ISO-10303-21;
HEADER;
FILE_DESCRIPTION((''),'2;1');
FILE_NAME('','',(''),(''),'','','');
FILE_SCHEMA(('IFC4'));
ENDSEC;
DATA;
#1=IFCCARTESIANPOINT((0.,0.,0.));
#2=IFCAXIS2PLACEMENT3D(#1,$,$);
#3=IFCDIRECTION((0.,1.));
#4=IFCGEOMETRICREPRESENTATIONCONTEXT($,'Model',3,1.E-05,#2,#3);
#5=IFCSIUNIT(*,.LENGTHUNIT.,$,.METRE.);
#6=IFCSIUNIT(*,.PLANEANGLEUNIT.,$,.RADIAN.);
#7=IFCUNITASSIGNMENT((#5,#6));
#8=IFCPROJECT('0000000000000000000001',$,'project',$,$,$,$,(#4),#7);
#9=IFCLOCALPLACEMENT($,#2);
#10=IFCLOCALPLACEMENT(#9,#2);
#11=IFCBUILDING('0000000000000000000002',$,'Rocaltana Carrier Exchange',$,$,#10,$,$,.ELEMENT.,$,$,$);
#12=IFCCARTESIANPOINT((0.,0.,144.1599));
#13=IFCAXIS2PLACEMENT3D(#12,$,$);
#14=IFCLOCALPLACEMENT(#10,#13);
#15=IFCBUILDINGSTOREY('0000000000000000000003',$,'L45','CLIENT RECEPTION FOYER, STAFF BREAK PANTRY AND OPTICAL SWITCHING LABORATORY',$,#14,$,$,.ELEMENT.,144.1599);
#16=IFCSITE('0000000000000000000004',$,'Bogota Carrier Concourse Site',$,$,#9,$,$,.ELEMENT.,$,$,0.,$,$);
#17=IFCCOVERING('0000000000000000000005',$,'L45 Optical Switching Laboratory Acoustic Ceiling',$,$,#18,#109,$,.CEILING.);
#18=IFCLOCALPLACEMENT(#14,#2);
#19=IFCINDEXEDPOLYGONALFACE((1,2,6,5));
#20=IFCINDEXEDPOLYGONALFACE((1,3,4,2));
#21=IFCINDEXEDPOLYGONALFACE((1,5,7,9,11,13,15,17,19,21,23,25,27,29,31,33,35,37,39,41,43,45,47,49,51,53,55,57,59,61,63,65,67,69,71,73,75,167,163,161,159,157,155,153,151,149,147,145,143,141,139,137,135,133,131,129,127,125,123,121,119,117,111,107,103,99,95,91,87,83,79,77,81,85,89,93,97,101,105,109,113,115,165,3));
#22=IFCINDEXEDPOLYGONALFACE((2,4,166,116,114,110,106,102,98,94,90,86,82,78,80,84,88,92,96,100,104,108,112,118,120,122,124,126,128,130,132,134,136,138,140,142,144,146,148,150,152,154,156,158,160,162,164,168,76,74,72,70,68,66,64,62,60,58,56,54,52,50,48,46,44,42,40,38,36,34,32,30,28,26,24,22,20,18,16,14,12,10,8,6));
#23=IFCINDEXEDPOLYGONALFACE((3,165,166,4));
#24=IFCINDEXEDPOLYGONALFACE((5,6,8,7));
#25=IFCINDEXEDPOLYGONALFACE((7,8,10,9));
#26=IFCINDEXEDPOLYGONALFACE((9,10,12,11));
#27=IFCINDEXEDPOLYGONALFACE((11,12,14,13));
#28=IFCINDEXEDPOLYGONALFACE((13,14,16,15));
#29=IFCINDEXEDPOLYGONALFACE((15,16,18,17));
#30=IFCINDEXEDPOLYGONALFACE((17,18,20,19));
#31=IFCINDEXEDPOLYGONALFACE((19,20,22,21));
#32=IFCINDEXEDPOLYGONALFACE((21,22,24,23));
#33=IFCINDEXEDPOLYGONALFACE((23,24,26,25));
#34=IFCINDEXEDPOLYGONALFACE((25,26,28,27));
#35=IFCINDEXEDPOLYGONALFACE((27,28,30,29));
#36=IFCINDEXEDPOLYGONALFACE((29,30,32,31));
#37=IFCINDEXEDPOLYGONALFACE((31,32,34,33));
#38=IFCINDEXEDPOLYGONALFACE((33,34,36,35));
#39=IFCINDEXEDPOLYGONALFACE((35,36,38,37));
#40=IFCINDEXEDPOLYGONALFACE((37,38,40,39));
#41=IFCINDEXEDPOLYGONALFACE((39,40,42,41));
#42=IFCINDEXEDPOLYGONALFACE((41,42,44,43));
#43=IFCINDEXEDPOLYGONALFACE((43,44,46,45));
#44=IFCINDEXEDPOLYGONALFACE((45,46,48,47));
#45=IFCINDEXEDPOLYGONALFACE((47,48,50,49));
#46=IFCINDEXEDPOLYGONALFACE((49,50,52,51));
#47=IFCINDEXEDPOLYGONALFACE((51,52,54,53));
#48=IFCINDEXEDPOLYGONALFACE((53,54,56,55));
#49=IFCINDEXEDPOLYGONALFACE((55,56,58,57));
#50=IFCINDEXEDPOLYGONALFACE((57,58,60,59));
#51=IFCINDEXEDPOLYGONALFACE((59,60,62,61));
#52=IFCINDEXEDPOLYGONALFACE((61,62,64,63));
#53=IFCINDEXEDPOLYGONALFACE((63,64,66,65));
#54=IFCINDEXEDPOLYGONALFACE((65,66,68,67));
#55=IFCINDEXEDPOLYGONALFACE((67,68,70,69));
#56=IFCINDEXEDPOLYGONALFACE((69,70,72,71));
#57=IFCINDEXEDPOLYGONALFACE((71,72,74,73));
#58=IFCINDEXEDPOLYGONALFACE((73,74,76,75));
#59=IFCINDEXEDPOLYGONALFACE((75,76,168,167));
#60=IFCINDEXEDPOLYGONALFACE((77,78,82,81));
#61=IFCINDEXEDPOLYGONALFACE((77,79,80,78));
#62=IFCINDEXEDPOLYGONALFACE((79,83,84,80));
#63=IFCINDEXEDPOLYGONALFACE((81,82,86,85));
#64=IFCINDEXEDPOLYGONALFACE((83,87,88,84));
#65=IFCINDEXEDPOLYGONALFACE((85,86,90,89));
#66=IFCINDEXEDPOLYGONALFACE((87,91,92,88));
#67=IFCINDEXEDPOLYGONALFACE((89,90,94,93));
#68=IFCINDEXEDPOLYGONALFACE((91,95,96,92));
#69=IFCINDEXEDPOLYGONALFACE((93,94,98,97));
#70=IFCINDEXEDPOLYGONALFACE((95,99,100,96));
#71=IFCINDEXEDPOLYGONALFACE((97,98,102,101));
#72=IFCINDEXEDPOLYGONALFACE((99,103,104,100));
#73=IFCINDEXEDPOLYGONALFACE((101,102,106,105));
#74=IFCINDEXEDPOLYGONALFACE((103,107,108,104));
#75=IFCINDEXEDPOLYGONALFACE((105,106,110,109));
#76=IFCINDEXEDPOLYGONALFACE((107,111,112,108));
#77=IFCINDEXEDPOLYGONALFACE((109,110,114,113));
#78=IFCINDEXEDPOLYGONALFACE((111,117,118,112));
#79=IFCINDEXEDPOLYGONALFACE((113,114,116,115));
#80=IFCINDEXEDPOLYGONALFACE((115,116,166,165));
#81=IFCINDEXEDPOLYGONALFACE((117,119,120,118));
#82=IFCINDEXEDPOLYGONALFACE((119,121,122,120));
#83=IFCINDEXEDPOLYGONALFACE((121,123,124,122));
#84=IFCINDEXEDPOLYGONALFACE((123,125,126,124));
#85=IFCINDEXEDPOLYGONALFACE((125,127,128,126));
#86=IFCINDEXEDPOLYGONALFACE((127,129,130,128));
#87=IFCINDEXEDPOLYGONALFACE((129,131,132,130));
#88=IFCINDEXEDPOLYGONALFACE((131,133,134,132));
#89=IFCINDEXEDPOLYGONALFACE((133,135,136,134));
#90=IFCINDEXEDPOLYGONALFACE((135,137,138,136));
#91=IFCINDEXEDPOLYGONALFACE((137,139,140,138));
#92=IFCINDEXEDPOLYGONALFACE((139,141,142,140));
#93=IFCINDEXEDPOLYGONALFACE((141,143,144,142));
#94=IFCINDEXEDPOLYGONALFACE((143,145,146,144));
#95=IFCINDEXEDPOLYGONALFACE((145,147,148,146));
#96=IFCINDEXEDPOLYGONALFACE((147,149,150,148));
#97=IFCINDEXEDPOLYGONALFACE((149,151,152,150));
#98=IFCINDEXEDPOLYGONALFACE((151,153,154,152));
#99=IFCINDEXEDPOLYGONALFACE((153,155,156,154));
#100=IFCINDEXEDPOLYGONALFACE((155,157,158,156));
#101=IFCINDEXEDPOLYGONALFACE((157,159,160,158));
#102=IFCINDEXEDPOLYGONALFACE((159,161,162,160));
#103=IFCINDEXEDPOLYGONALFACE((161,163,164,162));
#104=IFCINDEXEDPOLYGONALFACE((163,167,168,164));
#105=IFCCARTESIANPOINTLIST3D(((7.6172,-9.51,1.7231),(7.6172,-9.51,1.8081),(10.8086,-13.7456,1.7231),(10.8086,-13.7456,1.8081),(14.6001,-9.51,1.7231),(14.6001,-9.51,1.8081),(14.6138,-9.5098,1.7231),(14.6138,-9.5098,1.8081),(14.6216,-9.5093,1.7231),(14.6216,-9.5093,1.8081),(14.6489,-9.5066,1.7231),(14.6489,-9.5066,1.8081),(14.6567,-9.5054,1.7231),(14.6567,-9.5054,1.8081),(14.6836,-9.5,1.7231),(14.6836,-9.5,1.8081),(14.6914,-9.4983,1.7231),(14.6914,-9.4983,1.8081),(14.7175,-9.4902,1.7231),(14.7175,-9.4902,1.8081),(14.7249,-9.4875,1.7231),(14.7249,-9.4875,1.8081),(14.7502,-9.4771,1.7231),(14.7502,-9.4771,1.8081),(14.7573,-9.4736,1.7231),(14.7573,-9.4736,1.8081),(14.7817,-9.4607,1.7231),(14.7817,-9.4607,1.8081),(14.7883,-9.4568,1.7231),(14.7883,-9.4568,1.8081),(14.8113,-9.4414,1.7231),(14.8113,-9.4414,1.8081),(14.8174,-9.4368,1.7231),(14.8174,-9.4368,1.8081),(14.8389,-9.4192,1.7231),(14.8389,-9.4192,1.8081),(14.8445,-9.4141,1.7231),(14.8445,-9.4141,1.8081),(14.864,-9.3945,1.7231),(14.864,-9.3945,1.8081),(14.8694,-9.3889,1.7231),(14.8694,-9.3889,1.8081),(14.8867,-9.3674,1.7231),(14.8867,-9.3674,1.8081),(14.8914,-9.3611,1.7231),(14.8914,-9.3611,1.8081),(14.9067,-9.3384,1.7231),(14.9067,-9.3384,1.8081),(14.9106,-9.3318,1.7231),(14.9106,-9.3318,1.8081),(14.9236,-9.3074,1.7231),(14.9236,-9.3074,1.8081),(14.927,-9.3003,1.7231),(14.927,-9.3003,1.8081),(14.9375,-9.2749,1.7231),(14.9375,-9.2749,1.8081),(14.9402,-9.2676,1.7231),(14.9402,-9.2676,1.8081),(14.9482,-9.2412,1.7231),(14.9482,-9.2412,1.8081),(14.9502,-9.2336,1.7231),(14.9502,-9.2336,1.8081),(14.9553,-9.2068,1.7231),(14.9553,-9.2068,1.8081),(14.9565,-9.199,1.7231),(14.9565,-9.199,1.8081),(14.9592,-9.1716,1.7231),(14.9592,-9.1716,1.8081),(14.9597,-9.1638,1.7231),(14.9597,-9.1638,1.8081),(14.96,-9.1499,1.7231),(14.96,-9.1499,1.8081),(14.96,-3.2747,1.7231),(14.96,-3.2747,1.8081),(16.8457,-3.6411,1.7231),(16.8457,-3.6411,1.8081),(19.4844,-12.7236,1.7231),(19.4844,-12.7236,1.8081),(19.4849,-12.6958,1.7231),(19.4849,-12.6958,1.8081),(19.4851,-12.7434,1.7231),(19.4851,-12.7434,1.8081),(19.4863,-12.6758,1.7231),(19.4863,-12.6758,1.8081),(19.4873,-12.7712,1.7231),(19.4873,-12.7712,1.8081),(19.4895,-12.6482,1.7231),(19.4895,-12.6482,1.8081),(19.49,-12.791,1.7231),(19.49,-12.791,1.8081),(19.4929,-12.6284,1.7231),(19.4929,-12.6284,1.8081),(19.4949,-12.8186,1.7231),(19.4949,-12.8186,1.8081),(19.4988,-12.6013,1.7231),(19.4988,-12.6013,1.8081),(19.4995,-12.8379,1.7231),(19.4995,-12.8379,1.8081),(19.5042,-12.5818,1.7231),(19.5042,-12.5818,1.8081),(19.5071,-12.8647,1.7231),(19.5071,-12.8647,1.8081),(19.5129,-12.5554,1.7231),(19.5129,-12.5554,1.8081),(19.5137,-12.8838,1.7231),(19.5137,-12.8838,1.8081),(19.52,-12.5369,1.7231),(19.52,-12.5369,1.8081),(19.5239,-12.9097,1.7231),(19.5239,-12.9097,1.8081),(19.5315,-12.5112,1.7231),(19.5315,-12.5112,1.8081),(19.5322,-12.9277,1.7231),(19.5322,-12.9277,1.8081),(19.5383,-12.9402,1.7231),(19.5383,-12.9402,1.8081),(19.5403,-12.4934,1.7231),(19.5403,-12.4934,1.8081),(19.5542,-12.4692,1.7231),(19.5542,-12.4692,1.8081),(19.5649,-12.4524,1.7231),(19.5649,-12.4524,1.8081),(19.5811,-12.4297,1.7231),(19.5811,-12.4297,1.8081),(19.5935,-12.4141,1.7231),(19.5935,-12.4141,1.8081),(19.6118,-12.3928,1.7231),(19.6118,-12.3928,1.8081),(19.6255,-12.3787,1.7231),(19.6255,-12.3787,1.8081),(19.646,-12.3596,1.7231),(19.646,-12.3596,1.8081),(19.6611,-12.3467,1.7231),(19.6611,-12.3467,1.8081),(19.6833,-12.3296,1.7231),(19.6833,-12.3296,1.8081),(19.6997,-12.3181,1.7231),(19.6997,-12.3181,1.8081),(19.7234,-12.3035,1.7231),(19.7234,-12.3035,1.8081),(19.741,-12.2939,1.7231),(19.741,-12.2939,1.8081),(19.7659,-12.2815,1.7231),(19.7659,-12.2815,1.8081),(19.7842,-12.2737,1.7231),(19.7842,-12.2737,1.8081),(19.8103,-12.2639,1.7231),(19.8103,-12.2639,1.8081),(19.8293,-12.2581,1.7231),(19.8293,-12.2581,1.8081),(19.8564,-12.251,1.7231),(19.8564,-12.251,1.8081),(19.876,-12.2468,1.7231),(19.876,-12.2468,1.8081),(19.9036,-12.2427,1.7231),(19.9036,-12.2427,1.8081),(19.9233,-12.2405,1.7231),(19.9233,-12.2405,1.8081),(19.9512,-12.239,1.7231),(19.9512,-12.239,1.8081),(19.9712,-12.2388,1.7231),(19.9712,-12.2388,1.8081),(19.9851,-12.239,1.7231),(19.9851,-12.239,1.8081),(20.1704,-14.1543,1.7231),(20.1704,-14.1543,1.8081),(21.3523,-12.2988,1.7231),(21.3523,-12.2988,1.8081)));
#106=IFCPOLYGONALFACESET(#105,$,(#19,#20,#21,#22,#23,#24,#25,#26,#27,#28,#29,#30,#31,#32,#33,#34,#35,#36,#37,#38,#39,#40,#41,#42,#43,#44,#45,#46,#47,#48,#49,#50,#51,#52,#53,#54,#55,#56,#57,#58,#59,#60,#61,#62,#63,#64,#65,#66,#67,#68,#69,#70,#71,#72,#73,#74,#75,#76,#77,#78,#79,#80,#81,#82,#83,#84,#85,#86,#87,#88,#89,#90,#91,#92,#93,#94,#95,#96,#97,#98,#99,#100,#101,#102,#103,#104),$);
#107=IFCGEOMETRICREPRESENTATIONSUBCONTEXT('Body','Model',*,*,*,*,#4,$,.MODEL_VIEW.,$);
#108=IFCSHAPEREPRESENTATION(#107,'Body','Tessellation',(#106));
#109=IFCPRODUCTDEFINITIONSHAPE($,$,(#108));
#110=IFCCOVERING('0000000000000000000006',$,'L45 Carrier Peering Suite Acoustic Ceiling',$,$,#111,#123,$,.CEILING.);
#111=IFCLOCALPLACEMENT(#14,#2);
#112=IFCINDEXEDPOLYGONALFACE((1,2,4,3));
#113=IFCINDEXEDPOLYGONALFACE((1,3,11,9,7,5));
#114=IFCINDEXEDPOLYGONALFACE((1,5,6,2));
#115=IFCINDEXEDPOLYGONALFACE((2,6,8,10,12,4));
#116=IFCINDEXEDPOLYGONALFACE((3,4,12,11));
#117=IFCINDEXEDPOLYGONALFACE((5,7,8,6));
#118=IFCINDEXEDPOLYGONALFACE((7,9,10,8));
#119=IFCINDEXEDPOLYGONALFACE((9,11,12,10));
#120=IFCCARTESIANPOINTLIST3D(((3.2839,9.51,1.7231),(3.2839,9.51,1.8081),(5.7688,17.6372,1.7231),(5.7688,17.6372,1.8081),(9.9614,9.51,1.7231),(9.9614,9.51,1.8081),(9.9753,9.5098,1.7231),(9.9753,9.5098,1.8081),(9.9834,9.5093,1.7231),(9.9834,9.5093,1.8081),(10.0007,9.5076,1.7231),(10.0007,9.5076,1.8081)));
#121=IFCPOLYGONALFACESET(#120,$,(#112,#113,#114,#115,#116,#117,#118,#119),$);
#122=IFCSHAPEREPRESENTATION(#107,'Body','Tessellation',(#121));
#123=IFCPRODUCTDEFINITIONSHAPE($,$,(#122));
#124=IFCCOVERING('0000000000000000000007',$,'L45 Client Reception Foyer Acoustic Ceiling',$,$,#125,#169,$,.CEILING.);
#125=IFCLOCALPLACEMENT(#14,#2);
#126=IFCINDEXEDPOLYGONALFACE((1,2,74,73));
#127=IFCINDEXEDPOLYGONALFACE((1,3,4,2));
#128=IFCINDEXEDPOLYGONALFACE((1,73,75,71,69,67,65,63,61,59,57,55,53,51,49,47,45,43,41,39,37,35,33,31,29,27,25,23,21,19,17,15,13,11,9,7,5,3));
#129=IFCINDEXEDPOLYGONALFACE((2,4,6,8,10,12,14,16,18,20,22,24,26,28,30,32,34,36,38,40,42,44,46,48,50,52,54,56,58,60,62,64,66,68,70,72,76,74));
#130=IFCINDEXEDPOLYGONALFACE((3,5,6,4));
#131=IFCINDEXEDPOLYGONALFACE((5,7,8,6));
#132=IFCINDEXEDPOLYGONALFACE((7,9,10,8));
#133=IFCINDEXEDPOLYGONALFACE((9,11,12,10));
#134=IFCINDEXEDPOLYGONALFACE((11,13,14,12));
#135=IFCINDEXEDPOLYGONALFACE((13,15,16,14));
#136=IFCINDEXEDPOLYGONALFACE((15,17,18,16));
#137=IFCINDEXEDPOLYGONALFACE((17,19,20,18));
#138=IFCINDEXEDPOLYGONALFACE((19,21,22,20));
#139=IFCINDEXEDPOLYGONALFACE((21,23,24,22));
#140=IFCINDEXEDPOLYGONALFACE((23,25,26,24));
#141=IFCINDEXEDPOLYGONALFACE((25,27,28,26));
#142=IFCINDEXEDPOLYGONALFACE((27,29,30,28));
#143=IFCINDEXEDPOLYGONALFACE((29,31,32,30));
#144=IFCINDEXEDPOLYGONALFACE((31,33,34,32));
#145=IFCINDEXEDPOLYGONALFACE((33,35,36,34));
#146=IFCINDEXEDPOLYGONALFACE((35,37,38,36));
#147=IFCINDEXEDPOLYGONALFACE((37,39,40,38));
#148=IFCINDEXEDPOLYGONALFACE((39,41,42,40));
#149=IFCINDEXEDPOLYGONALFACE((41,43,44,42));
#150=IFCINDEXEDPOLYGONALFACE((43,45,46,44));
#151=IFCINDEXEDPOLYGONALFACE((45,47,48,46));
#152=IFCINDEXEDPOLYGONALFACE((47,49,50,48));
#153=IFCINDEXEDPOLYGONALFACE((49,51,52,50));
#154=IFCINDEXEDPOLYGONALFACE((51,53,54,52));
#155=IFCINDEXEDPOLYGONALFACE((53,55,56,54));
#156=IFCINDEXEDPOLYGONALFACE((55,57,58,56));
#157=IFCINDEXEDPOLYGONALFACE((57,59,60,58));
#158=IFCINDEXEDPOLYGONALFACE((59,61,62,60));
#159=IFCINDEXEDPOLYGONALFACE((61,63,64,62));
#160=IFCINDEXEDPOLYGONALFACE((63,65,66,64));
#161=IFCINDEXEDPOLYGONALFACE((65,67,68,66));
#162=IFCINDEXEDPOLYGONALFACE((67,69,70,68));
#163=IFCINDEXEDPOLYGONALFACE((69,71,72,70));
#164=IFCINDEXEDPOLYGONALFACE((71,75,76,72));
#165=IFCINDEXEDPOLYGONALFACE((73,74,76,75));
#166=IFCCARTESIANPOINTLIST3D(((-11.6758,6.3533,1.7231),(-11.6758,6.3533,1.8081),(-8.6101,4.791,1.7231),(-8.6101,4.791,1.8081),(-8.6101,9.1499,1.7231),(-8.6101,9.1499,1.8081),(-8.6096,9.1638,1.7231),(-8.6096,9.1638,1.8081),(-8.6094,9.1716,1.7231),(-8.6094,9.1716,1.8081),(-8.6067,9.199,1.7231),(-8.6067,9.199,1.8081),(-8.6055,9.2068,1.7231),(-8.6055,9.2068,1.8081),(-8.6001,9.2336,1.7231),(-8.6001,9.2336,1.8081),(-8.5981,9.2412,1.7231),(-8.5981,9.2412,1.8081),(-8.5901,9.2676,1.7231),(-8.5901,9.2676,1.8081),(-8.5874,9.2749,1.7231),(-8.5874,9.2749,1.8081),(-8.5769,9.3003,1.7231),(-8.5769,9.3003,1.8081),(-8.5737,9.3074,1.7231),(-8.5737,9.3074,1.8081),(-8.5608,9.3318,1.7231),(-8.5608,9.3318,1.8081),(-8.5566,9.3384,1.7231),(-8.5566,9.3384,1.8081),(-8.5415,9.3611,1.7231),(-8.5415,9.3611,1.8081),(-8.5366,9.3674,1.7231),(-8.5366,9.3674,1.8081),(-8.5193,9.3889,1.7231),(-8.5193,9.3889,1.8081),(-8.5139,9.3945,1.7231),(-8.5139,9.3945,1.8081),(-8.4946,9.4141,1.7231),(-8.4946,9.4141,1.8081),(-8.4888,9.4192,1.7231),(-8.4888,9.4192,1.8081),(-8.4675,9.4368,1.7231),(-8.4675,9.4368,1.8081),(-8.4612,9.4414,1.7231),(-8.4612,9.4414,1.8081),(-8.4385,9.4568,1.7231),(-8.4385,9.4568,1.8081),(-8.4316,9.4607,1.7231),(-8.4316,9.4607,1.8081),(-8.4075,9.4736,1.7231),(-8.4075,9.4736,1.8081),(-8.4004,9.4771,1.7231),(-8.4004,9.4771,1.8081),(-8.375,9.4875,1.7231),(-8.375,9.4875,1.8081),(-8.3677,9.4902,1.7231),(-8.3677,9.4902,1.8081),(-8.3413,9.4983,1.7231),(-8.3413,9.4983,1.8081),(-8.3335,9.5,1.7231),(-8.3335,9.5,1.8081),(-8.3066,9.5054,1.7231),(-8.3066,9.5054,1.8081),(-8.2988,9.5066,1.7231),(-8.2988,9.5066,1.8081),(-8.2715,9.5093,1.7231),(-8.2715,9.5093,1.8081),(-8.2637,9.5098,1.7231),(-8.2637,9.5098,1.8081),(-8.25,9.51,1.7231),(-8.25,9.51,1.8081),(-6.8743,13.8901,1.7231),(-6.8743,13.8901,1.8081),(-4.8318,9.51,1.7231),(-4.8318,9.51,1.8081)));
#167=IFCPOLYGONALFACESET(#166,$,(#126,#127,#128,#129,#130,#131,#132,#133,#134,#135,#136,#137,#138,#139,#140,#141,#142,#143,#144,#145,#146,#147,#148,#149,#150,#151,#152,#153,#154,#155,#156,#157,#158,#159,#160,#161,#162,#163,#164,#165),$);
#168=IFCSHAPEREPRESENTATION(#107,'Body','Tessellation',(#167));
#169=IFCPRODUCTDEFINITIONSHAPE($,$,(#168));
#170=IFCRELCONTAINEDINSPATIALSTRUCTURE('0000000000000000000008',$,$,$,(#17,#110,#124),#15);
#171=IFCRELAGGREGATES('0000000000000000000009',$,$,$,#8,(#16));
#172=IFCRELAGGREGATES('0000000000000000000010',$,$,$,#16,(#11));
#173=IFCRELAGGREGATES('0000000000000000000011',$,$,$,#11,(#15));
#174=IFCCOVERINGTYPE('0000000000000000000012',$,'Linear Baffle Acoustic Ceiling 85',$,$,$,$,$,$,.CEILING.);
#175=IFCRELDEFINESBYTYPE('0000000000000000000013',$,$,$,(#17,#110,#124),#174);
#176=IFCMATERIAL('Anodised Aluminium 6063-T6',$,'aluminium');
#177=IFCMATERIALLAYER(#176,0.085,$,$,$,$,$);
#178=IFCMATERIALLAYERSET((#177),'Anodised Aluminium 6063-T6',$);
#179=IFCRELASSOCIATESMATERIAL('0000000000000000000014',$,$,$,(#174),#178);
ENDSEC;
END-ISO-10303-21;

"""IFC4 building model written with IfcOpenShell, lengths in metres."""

from ifc_helpers import new_model, si_unit, direction, frame, origin, place, context, subcontext, project, spatial, polyline, outline, extrude, material, layer, layer_set, type_object, element, save


model = new_model("IFC4")

# Units and contexts
model_context = context("Model", 3, precision=1e-05, world=origin(), true_north=direction((0.0, 1.0)))
body_context = subcontext(model_context, "Body", "Model", "MODEL_VIEW")
ifc_project = project(units=[si_unit("LENGTHUNIT", "METRE"), si_unit("PLANEANGLEUNIT", "RADIAN")], contexts=[model_context])

# Site, building, storey
site_placement = place(None, origin())
site = spatial("IfcSite", under=ifc_project, at=site_placement, Name="Bogota Carrier Concourse Site", CompositionType="ELEMENT", RefElevation=0.0)
building_placement = place(site_placement, origin())
building = spatial("IfcBuilding", under=site, at=building_placement, Name="Rocaltana Carrier Exchange", CompositionType="ELEMENT")
storey_placement = place(building_placement, frame((0.0, 0.0, 144.1599)))
storey = spatial("IfcBuildingStorey", under=building, at=storey_placement, Name="L45", Description="CLIENT RECEPTION FOYER, STAFF BREAK PANTRY AND OPTICAL SWITCHING LABORATORY", CompositionType="ELEMENT", Elevation=144.1599)

# Coverings
ifc_material_1 = material(Name="Anodised Aluminium 6063-T6", Category="aluminium")
ifc_layer_1 = layer(ifc_material_1, 0.085)
ifc_layer_set_1 = layer_set([ifc_layer_1], Name="Anodised Aluminium 6063-T6")
covering_type_1 = type_object("IfcCoveringType", Name="Linear Baffle Acoustic Ceiling 85", PredefinedType="CEILING", material=ifc_layer_set_1)
covering_1_placement = place(storey_placement, frame((0.0, 0.0, 1.7231)))
element("IfcCovering", 1, at=covering_1_placement, inside=storey, type_object=covering_type_1, Name="L45 Optical Switching Laboratory Acoustic Ceiling", PredefinedType="CEILING", context=body_context, shape_type="SweptSolid", body=[
    extrude(outline(polyline([(21.3523, -12.2988), (19.9851, -12.239), (19.9712, -12.2388), (19.9512, -12.239), (19.9233, -12.2405), (19.9036, -12.2427), (19.876, -12.2468), (19.8564, -12.251), (19.8293, -12.2581), (19.8103, -12.2639), (19.7842, -12.2737), (19.7659, -12.2815), (19.741, -12.2939), (19.7234, -12.3035), (19.6997, -12.3181), (19.6833, -12.3296), (19.6611, -12.3467), (19.646, -12.3596), (19.6255, -12.3787), (19.6118, -12.3928), (19.5935, -12.4141), (19.5811, -12.4297), (19.5649, -12.4524), (19.5542, -12.4692), (19.5403, -12.4934), (19.5315, -12.5112), (19.52, -12.5369), (19.5129, -12.5554), (19.5042, -12.5818), (19.4988, -12.6013), (19.4929, -12.6284), (19.4895, -12.6482), (19.4863, -12.6758), (19.4849, -12.6958), (19.4844, -12.7236), (19.4851, -12.7434), (19.4873, -12.7712), (19.49, -12.791), (19.4949, -12.8186), (19.4995, -12.8379), (19.5071, -12.8647), (19.5137, -12.8838), (19.5239, -12.9097), (19.5322, -12.9277), (19.5383, -12.9402), (20.1704, -14.1543), (10.8086, -13.7456), (7.6172, -9.51), (14.6001, -9.51), (14.6138, -9.5098), (14.6216, -9.5093), (14.6489, -9.5066), (14.6567, -9.5054), (14.6836, -9.5), (14.6914, -9.4983), (14.7175, -9.4902), (14.7249, -9.4875), (14.7502, -9.4771), (14.7573, -9.4736), (14.7817, -9.4607), (14.7883, -9.4568), (14.8113, -9.4414), (14.8174, -9.4368), (14.8389, -9.4192), (14.8445, -9.4141), (14.864, -9.3945), (14.8694, -9.3889), (14.8867, -9.3674), (14.8914, -9.3611), (14.9067, -9.3384), (14.9106, -9.3318), (14.9236, -9.3074), (14.927, -9.3003), (14.9375, -9.2749), (14.9402, -9.2676), (14.9482, -9.2412), (14.9502, -9.2336), (14.9553, -9.2068), (14.9565, -9.199), (14.9592, -9.1716), (14.9597, -9.1638), (14.96, -9.1499), (14.96, -3.2747), (16.8457, -3.6411), (21.3523, -12.2988)])), origin(), (0.0, 0.0, 1.0), 0.085),
])
covering_2_placement = place(storey_placement, frame((0.0, 0.0, 1.7231)))
element("IfcCovering", 2, at=covering_2_placement, inside=storey, type_object=covering_type_1, Name="L45 Carrier Peering Suite Acoustic Ceiling", PredefinedType="CEILING", context=body_context, shape_type="SweptSolid", body=[
    extrude(outline(polyline([(10.0007, 9.5076), (9.9834, 9.5093), (9.9753, 9.5098), (9.9614, 9.51), (3.2839, 9.51), (5.7688, 17.6372), (10.0007, 9.5076)])), origin(), (0.0, 0.0, 1.0), 0.085),
])
covering_3_placement = place(storey_placement, frame((0.0, 0.0, 1.7231)))
element("IfcCovering", 3, at=covering_3_placement, inside=storey, type_object=covering_type_1, Name="L45 Client Reception Foyer Acoustic Ceiling", PredefinedType="CEILING", context=body_context, shape_type="SweptSolid", body=[
    extrude(outline(polyline([(-6.8743, 13.8901), (-4.8318, 9.51), (-8.25, 9.51), (-8.2637, 9.5098), (-8.2715, 9.5093), (-8.2988, 9.5066), (-8.3066, 9.5054), (-8.3335, 9.5), (-8.3413, 9.4983), (-8.3677, 9.4902), (-8.375, 9.4875), (-8.4004, 9.4771), (-8.4075, 9.4736), (-8.4316, 9.4607), (-8.4385, 9.4568), (-8.4612, 9.4414), (-8.4675, 9.4368), (-8.4888, 9.4192), (-8.4946, 9.4141), (-8.5139, 9.3945), (-8.5193, 9.3889), (-8.5366, 9.3674), (-8.5415, 9.3611), (-8.5566, 9.3384), (-8.5608, 9.3318), (-8.5737, 9.3074), (-8.5769, 9.3003), (-8.5874, 9.2749), (-8.5901, 9.2676), (-8.5981, 9.2412), (-8.6001, 9.2336), (-8.6055, 9.2068), (-8.6067, 9.199), (-8.6094, 9.1716), (-8.6096, 9.1638), (-8.6101, 9.1499), (-8.6101, 4.791), (-11.6758, 6.3533), (-6.8743, 13.8901)])), origin(), (0.0, 0.0, 1.0), 0.085),
])

save(model, "model.ifc")
